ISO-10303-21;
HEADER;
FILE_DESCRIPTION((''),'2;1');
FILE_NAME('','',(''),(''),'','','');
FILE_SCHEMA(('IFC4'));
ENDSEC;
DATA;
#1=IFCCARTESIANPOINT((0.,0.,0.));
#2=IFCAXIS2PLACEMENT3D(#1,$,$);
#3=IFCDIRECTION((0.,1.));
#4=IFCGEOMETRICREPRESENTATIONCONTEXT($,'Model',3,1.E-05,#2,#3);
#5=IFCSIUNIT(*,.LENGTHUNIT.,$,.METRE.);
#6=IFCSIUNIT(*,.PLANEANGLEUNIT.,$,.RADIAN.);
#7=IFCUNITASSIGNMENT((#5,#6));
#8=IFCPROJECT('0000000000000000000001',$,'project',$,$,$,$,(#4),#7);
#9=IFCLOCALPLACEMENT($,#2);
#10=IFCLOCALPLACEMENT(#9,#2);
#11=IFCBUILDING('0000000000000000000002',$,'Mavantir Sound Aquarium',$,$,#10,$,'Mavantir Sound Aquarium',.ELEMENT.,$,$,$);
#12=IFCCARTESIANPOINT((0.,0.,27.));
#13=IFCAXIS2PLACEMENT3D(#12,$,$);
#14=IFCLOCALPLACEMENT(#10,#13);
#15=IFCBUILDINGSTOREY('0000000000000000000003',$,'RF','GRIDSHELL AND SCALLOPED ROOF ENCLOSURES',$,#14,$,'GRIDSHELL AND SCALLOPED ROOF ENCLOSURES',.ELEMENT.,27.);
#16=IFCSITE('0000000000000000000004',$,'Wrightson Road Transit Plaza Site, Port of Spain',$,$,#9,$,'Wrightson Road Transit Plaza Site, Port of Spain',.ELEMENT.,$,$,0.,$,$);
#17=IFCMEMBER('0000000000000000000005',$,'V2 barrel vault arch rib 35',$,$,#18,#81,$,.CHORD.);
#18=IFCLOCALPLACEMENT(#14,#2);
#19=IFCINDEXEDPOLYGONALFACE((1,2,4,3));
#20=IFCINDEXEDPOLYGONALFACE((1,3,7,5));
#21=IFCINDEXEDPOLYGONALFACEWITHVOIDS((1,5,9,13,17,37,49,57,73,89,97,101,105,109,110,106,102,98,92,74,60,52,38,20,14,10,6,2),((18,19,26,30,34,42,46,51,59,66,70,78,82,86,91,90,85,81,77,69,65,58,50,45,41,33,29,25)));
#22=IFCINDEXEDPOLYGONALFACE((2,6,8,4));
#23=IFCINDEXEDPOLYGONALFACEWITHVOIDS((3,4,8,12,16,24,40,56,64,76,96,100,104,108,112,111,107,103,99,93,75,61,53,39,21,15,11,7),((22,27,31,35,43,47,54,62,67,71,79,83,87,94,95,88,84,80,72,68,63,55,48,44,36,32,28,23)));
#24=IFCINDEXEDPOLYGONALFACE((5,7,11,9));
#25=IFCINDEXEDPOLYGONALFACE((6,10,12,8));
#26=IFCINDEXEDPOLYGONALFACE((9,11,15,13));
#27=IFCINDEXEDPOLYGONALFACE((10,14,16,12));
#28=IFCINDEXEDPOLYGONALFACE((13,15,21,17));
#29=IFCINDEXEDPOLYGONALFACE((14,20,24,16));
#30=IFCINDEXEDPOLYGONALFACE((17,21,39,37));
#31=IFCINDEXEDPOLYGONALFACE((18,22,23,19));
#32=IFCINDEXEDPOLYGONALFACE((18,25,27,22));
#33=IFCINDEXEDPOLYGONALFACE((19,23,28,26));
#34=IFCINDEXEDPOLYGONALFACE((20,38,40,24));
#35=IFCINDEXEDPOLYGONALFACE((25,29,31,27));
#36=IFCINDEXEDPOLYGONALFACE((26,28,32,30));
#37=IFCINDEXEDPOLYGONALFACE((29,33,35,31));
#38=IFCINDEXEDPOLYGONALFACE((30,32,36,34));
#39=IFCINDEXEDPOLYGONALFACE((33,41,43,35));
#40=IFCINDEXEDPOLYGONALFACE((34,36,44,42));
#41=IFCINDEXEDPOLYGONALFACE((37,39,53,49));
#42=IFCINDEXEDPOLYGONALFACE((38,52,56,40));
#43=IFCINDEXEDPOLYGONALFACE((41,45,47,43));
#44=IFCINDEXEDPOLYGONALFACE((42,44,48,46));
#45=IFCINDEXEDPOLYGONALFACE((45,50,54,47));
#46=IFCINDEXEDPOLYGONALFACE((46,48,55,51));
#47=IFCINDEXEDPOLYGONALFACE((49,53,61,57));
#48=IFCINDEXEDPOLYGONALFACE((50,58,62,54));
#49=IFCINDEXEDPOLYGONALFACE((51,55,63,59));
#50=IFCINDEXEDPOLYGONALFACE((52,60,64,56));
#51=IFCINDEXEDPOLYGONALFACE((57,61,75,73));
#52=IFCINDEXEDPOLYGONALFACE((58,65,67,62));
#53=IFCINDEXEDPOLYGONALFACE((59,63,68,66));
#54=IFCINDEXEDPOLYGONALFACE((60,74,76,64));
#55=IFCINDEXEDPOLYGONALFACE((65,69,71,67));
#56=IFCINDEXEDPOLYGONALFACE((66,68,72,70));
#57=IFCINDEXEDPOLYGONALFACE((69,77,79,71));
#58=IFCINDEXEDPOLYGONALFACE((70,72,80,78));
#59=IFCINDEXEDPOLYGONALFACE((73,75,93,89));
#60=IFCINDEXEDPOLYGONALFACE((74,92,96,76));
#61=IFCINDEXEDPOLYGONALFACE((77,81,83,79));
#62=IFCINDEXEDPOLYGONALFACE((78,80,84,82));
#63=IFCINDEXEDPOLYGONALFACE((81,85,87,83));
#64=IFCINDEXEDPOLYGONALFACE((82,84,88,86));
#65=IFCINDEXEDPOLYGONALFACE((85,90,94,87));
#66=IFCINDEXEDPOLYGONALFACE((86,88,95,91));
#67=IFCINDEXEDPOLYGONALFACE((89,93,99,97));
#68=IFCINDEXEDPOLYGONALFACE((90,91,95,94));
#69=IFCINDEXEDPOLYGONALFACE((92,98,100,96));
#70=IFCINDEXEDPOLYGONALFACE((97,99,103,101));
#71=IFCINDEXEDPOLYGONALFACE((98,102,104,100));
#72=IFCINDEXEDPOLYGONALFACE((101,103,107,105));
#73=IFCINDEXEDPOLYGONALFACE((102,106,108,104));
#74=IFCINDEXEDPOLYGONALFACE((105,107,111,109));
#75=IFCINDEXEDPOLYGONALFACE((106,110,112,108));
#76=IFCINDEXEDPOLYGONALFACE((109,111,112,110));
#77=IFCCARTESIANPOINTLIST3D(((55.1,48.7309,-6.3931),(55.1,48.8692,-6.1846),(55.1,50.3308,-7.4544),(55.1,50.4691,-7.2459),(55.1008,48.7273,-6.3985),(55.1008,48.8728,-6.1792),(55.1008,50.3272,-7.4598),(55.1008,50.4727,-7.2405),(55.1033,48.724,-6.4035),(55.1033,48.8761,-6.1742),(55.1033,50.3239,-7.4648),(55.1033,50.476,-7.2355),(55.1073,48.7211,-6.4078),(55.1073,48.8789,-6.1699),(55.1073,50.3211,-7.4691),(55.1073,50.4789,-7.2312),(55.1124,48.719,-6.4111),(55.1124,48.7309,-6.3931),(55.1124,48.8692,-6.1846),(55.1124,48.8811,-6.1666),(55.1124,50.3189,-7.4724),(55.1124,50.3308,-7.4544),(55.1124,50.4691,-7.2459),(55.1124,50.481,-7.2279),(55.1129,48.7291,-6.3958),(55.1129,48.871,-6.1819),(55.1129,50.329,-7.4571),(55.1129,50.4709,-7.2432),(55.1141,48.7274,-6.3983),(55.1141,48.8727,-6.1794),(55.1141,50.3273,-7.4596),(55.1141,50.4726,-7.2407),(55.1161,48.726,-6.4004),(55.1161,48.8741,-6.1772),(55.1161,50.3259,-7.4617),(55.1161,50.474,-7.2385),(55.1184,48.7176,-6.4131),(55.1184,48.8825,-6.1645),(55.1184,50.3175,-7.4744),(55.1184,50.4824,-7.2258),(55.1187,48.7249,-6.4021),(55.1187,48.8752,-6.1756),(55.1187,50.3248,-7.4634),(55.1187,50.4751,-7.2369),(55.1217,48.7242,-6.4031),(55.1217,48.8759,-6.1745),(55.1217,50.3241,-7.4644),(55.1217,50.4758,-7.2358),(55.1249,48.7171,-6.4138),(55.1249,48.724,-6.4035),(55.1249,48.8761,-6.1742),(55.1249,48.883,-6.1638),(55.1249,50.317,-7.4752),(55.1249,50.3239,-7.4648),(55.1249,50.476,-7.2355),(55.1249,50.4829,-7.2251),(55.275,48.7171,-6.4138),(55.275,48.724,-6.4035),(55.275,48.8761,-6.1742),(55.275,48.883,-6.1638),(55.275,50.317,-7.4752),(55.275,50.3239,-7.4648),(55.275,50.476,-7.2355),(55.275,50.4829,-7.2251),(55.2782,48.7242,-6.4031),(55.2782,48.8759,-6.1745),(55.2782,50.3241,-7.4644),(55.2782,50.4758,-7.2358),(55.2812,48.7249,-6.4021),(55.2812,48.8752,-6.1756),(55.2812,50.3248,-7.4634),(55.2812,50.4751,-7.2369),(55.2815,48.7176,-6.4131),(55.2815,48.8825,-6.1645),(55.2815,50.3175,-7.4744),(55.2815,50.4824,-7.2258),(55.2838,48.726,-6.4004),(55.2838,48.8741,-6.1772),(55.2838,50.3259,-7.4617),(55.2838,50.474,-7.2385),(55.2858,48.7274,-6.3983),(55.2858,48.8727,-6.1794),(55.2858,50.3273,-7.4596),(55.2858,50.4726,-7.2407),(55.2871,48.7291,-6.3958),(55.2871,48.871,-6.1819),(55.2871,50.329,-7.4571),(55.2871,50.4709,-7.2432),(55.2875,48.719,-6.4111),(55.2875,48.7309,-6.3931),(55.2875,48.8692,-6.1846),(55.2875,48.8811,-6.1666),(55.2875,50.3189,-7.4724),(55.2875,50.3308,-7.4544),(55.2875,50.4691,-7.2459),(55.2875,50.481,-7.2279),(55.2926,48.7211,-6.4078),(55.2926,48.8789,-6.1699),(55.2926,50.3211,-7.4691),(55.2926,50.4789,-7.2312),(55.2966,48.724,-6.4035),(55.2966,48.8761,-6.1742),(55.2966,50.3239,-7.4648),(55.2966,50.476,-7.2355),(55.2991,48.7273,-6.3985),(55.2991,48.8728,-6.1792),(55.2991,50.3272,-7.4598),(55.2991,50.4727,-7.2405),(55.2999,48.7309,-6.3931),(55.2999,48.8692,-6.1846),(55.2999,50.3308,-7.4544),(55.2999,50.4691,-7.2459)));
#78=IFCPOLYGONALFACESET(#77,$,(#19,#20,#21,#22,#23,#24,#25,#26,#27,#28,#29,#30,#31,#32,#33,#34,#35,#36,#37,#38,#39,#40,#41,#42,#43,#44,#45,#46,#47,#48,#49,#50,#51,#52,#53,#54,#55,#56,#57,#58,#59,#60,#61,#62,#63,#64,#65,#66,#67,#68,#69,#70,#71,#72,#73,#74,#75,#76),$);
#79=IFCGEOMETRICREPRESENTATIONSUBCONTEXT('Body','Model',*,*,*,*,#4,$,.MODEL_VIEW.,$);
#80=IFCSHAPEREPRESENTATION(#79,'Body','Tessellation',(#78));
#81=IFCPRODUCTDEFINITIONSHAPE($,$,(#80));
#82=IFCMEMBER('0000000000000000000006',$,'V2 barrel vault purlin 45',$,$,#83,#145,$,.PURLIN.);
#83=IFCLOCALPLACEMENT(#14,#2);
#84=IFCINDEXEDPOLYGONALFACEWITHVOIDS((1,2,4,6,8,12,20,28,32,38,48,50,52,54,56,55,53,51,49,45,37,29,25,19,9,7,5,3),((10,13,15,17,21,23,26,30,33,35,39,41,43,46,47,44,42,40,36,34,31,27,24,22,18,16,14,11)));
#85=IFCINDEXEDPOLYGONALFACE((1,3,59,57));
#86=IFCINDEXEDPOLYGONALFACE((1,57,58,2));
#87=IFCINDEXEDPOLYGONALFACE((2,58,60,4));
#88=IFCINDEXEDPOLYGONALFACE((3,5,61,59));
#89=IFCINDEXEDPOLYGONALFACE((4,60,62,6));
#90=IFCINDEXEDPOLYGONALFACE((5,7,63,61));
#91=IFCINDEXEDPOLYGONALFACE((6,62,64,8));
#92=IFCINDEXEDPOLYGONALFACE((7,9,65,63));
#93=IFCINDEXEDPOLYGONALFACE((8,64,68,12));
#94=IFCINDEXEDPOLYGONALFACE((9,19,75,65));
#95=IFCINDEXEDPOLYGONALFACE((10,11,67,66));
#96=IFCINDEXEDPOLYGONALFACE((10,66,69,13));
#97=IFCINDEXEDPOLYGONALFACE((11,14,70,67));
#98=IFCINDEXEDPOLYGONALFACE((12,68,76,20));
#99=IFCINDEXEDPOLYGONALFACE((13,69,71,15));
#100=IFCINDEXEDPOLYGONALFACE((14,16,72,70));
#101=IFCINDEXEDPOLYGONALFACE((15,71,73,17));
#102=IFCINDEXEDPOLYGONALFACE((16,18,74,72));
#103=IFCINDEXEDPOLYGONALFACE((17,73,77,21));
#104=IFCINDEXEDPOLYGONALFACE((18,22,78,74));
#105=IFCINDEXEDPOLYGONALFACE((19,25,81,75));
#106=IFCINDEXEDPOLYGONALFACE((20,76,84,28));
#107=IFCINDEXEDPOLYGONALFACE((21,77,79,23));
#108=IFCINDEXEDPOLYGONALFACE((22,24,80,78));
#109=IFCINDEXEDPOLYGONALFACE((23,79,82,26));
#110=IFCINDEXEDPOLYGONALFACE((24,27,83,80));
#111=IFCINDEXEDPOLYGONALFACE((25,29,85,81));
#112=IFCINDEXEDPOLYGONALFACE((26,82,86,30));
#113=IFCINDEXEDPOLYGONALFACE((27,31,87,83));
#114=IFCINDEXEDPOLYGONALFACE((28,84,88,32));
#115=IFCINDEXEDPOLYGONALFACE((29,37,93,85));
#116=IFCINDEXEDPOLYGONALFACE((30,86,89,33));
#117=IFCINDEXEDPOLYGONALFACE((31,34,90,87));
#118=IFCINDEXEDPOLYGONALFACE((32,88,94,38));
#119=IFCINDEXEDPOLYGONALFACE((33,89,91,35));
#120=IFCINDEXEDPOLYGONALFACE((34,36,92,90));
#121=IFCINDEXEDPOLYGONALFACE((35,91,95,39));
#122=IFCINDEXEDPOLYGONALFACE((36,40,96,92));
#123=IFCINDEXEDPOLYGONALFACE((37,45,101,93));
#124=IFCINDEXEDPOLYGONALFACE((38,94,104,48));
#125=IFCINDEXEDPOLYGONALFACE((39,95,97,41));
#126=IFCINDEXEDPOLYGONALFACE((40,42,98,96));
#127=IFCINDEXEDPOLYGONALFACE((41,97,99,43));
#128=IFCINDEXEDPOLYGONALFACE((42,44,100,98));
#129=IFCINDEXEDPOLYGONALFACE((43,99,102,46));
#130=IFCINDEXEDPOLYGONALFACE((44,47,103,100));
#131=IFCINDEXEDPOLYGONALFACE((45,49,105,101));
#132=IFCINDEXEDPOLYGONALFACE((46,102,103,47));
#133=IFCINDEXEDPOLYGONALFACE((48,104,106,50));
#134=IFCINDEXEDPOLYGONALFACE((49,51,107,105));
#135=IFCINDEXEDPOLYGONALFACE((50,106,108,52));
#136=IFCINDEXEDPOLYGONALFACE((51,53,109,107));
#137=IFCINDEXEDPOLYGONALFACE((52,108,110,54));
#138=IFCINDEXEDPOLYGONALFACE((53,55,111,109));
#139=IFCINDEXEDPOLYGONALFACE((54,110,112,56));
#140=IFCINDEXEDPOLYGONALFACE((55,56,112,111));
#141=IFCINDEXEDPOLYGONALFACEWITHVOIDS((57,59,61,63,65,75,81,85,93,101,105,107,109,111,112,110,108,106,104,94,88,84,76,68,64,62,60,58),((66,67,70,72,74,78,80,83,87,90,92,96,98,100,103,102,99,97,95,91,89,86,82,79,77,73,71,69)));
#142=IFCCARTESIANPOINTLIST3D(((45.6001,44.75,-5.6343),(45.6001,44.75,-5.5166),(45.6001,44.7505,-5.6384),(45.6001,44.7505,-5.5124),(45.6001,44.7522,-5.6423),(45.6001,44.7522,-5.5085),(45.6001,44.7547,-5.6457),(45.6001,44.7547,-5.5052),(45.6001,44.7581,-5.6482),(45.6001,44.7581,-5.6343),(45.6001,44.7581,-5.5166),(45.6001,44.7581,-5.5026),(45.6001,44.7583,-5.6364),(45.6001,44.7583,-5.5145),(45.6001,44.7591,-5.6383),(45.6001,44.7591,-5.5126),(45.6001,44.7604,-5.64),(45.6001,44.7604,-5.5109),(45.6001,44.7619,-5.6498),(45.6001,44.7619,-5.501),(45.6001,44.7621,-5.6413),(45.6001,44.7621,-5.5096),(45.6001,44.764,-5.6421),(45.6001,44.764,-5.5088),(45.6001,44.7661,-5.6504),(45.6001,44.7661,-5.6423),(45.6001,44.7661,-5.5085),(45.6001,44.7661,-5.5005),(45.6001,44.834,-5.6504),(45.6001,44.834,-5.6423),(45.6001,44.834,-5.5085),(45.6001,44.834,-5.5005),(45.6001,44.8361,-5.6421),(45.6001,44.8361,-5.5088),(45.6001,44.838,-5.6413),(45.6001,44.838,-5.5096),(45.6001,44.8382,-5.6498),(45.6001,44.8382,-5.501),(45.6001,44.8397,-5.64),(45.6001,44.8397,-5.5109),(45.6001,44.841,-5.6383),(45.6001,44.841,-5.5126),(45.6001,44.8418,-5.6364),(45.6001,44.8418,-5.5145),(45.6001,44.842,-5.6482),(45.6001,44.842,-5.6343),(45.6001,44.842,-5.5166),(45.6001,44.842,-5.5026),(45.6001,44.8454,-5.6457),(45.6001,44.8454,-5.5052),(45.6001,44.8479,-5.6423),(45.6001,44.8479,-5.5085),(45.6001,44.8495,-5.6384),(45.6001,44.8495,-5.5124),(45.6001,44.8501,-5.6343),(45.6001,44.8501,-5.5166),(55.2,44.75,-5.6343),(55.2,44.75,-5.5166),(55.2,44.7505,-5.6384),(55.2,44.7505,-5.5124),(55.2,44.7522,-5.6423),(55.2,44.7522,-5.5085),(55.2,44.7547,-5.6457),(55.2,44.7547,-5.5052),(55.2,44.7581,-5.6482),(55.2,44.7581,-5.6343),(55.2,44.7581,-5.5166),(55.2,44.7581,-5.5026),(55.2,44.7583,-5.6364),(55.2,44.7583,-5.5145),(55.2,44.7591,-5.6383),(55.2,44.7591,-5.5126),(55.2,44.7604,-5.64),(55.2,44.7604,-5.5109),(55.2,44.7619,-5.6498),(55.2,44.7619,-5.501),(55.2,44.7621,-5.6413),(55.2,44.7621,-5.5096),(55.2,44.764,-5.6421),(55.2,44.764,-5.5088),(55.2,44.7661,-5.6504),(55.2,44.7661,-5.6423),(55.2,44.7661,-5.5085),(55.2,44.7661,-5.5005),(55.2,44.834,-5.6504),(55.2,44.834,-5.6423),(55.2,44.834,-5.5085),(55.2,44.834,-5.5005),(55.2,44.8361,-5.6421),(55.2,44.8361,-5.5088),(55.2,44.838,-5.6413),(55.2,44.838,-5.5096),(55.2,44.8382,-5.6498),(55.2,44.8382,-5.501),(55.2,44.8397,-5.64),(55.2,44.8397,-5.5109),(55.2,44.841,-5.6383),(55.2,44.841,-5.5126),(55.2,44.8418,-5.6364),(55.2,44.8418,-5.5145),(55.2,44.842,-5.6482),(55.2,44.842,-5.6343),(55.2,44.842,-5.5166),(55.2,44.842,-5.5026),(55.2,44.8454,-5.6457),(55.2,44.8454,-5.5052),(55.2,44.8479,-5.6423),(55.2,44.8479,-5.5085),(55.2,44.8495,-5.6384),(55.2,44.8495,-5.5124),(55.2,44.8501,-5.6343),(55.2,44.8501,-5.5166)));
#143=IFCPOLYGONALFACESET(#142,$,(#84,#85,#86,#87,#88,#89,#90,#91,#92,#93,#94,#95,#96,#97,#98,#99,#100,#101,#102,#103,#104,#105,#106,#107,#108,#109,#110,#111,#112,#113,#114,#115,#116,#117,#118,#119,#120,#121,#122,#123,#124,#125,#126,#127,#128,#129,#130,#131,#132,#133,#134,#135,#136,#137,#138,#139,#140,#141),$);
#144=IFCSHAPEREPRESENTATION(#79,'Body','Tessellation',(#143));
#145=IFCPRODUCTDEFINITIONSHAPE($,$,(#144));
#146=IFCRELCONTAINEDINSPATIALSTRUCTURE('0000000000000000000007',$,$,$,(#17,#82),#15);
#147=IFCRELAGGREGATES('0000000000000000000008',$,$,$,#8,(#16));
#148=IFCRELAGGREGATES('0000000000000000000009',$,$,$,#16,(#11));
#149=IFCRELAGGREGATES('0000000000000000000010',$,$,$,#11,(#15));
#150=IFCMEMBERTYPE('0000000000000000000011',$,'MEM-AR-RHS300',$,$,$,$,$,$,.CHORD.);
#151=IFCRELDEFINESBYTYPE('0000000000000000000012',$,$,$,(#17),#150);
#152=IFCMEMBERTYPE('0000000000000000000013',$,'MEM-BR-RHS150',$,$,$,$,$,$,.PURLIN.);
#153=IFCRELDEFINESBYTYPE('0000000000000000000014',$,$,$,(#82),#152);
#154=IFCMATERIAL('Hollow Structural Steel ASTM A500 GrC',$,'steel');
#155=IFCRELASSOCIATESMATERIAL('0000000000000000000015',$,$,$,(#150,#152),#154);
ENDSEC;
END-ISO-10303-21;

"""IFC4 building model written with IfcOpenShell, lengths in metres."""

from ifc_helpers import new_model, si_unit, direction, frame, origin, origin_2d, place, context, subcontext, project, spatial, hollow_rectangle, extrude, material, material_profile, profile_set, type_object, element, save


model = new_model("IFC4")

# Units and contexts
model_context = context("Model", 3, precision=1e-05, world=origin(), true_north=direction((0.0, 1.0)))
body_context = subcontext(model_context, "Body", "Model", "MODEL_VIEW")
ifc_project = project(units=[si_unit("LENGTHUNIT", "METRE"), si_unit("PLANEANGLEUNIT", "RADIAN")], contexts=[model_context])

# Site, building, storey
site_placement = place(None, origin())
site = spatial("IfcSite", under=ifc_project, at=site_placement, Name="Wrightson Road Transit Plaza Site, Port of Spain", LongName="Wrightson Road Transit Plaza Site, Port of Spain", CompositionType="ELEMENT", RefElevation=0.0)
building_placement = place(site_placement, origin())
building = spatial("IfcBuilding", under=site, at=building_placement, Name="Mavantir Sound Aquarium", LongName="Mavantir Sound Aquarium", CompositionType="ELEMENT")
storey_placement = place(building_placement, frame((0.0, 0.0, 27.0)))
storey = spatial("IfcBuildingStorey", under=building, at=storey_placement, Name="RF", Description="GRIDSHELL AND SCALLOPED ROOF ENCLOSURES", LongName="GRIDSHELL AND SCALLOPED ROOF ENCLOSURES", CompositionType="ELEMENT", Elevation=27.0)

# Members
ifc_material_1 = material(Name="Hollow Structural Steel ASTM A500 GrC", Category="steel")
ifc_material_profile_1 = material_profile(ifc_material_1, hollow_rectangle(XDim=0.2, YDim=0.3, WallThickness=0.0125, InnerFilletRadius=0.0125, OuterFilletRadius=0.0249, at=origin_2d()), Name="RHS 300X200X12.5")
ifc_profile_set_1 = profile_set([ifc_material_profile_1], Name="Hollow Structural Steel ASTM A500 GrC")
member_type_1 = type_object("IfcMemberType", Name="MEM-AR-RHS300", PredefinedType="CHORD", material=ifc_profile_set_1)
member_1_placement = place(storey_placement, frame((55.2, 48.8, -6.2888), z_axis=(0.0, 0.83332, -0.552791), x_axis=(-1.0, 0.0, 0.0)))
element("IfcMember", 1, at=member_1_placement, inside=storey, type_object=member_type_1, Name="V2 barrel vault arch rib 35", PredefinedType="CHORD", context=body_context, shape_type="SweptSolid", body=[
    extrude(hollow_rectangle(XDim=0.2, YDim=0.3, WallThickness=0.0125, InnerFilletRadius=0.0125, OuterFilletRadius=0.0249, at=origin_2d()), origin(), (0.0, 0.0, 1.0), 1.9199),
])
ifc_material_profile_2 = material_profile(ifc_material_1, hollow_rectangle(XDim=0.1001, YDim=0.1499, WallThickness=0.0081, InnerFilletRadius=0.0081, OuterFilletRadius=0.0161, at=origin_2d()), Name="RHS 150X100X8")
ifc_profile_set_2 = profile_set([ifc_material_profile_2], Name="Hollow Structural Steel ASTM A500 GrC")
member_type_2 = type_object("IfcMemberType", Name="MEM-BR-RHS150", PredefinedType="PURLIN", material=ifc_profile_set_2)
for number, where, z_axis, x_axis, name in (
    (2, (45.6001, 44.8, -5.5754), (1.0, 0.0, 0.0), (0.0, 1.0, 0.0), "V2 barrel vault purlin 45"),
):
    element("IfcMember", number, at=place(storey_placement, frame(where, z_axis=z_axis, x_axis=x_axis)), inside=storey, type_object=member_type_2, Name=name, PredefinedType="PURLIN", context=body_context, shape_type="SweptSolid", body=[
        extrude(hollow_rectangle(XDim=0.1001, YDim=0.1499, WallThickness=0.0081, InnerFilletRadius=0.0081, OuterFilletRadius=0.0161, at=origin_2d()), origin(), (0.0, 0.0, 1.0), 9.5999),
    ])

save(model, "model.ifc")
